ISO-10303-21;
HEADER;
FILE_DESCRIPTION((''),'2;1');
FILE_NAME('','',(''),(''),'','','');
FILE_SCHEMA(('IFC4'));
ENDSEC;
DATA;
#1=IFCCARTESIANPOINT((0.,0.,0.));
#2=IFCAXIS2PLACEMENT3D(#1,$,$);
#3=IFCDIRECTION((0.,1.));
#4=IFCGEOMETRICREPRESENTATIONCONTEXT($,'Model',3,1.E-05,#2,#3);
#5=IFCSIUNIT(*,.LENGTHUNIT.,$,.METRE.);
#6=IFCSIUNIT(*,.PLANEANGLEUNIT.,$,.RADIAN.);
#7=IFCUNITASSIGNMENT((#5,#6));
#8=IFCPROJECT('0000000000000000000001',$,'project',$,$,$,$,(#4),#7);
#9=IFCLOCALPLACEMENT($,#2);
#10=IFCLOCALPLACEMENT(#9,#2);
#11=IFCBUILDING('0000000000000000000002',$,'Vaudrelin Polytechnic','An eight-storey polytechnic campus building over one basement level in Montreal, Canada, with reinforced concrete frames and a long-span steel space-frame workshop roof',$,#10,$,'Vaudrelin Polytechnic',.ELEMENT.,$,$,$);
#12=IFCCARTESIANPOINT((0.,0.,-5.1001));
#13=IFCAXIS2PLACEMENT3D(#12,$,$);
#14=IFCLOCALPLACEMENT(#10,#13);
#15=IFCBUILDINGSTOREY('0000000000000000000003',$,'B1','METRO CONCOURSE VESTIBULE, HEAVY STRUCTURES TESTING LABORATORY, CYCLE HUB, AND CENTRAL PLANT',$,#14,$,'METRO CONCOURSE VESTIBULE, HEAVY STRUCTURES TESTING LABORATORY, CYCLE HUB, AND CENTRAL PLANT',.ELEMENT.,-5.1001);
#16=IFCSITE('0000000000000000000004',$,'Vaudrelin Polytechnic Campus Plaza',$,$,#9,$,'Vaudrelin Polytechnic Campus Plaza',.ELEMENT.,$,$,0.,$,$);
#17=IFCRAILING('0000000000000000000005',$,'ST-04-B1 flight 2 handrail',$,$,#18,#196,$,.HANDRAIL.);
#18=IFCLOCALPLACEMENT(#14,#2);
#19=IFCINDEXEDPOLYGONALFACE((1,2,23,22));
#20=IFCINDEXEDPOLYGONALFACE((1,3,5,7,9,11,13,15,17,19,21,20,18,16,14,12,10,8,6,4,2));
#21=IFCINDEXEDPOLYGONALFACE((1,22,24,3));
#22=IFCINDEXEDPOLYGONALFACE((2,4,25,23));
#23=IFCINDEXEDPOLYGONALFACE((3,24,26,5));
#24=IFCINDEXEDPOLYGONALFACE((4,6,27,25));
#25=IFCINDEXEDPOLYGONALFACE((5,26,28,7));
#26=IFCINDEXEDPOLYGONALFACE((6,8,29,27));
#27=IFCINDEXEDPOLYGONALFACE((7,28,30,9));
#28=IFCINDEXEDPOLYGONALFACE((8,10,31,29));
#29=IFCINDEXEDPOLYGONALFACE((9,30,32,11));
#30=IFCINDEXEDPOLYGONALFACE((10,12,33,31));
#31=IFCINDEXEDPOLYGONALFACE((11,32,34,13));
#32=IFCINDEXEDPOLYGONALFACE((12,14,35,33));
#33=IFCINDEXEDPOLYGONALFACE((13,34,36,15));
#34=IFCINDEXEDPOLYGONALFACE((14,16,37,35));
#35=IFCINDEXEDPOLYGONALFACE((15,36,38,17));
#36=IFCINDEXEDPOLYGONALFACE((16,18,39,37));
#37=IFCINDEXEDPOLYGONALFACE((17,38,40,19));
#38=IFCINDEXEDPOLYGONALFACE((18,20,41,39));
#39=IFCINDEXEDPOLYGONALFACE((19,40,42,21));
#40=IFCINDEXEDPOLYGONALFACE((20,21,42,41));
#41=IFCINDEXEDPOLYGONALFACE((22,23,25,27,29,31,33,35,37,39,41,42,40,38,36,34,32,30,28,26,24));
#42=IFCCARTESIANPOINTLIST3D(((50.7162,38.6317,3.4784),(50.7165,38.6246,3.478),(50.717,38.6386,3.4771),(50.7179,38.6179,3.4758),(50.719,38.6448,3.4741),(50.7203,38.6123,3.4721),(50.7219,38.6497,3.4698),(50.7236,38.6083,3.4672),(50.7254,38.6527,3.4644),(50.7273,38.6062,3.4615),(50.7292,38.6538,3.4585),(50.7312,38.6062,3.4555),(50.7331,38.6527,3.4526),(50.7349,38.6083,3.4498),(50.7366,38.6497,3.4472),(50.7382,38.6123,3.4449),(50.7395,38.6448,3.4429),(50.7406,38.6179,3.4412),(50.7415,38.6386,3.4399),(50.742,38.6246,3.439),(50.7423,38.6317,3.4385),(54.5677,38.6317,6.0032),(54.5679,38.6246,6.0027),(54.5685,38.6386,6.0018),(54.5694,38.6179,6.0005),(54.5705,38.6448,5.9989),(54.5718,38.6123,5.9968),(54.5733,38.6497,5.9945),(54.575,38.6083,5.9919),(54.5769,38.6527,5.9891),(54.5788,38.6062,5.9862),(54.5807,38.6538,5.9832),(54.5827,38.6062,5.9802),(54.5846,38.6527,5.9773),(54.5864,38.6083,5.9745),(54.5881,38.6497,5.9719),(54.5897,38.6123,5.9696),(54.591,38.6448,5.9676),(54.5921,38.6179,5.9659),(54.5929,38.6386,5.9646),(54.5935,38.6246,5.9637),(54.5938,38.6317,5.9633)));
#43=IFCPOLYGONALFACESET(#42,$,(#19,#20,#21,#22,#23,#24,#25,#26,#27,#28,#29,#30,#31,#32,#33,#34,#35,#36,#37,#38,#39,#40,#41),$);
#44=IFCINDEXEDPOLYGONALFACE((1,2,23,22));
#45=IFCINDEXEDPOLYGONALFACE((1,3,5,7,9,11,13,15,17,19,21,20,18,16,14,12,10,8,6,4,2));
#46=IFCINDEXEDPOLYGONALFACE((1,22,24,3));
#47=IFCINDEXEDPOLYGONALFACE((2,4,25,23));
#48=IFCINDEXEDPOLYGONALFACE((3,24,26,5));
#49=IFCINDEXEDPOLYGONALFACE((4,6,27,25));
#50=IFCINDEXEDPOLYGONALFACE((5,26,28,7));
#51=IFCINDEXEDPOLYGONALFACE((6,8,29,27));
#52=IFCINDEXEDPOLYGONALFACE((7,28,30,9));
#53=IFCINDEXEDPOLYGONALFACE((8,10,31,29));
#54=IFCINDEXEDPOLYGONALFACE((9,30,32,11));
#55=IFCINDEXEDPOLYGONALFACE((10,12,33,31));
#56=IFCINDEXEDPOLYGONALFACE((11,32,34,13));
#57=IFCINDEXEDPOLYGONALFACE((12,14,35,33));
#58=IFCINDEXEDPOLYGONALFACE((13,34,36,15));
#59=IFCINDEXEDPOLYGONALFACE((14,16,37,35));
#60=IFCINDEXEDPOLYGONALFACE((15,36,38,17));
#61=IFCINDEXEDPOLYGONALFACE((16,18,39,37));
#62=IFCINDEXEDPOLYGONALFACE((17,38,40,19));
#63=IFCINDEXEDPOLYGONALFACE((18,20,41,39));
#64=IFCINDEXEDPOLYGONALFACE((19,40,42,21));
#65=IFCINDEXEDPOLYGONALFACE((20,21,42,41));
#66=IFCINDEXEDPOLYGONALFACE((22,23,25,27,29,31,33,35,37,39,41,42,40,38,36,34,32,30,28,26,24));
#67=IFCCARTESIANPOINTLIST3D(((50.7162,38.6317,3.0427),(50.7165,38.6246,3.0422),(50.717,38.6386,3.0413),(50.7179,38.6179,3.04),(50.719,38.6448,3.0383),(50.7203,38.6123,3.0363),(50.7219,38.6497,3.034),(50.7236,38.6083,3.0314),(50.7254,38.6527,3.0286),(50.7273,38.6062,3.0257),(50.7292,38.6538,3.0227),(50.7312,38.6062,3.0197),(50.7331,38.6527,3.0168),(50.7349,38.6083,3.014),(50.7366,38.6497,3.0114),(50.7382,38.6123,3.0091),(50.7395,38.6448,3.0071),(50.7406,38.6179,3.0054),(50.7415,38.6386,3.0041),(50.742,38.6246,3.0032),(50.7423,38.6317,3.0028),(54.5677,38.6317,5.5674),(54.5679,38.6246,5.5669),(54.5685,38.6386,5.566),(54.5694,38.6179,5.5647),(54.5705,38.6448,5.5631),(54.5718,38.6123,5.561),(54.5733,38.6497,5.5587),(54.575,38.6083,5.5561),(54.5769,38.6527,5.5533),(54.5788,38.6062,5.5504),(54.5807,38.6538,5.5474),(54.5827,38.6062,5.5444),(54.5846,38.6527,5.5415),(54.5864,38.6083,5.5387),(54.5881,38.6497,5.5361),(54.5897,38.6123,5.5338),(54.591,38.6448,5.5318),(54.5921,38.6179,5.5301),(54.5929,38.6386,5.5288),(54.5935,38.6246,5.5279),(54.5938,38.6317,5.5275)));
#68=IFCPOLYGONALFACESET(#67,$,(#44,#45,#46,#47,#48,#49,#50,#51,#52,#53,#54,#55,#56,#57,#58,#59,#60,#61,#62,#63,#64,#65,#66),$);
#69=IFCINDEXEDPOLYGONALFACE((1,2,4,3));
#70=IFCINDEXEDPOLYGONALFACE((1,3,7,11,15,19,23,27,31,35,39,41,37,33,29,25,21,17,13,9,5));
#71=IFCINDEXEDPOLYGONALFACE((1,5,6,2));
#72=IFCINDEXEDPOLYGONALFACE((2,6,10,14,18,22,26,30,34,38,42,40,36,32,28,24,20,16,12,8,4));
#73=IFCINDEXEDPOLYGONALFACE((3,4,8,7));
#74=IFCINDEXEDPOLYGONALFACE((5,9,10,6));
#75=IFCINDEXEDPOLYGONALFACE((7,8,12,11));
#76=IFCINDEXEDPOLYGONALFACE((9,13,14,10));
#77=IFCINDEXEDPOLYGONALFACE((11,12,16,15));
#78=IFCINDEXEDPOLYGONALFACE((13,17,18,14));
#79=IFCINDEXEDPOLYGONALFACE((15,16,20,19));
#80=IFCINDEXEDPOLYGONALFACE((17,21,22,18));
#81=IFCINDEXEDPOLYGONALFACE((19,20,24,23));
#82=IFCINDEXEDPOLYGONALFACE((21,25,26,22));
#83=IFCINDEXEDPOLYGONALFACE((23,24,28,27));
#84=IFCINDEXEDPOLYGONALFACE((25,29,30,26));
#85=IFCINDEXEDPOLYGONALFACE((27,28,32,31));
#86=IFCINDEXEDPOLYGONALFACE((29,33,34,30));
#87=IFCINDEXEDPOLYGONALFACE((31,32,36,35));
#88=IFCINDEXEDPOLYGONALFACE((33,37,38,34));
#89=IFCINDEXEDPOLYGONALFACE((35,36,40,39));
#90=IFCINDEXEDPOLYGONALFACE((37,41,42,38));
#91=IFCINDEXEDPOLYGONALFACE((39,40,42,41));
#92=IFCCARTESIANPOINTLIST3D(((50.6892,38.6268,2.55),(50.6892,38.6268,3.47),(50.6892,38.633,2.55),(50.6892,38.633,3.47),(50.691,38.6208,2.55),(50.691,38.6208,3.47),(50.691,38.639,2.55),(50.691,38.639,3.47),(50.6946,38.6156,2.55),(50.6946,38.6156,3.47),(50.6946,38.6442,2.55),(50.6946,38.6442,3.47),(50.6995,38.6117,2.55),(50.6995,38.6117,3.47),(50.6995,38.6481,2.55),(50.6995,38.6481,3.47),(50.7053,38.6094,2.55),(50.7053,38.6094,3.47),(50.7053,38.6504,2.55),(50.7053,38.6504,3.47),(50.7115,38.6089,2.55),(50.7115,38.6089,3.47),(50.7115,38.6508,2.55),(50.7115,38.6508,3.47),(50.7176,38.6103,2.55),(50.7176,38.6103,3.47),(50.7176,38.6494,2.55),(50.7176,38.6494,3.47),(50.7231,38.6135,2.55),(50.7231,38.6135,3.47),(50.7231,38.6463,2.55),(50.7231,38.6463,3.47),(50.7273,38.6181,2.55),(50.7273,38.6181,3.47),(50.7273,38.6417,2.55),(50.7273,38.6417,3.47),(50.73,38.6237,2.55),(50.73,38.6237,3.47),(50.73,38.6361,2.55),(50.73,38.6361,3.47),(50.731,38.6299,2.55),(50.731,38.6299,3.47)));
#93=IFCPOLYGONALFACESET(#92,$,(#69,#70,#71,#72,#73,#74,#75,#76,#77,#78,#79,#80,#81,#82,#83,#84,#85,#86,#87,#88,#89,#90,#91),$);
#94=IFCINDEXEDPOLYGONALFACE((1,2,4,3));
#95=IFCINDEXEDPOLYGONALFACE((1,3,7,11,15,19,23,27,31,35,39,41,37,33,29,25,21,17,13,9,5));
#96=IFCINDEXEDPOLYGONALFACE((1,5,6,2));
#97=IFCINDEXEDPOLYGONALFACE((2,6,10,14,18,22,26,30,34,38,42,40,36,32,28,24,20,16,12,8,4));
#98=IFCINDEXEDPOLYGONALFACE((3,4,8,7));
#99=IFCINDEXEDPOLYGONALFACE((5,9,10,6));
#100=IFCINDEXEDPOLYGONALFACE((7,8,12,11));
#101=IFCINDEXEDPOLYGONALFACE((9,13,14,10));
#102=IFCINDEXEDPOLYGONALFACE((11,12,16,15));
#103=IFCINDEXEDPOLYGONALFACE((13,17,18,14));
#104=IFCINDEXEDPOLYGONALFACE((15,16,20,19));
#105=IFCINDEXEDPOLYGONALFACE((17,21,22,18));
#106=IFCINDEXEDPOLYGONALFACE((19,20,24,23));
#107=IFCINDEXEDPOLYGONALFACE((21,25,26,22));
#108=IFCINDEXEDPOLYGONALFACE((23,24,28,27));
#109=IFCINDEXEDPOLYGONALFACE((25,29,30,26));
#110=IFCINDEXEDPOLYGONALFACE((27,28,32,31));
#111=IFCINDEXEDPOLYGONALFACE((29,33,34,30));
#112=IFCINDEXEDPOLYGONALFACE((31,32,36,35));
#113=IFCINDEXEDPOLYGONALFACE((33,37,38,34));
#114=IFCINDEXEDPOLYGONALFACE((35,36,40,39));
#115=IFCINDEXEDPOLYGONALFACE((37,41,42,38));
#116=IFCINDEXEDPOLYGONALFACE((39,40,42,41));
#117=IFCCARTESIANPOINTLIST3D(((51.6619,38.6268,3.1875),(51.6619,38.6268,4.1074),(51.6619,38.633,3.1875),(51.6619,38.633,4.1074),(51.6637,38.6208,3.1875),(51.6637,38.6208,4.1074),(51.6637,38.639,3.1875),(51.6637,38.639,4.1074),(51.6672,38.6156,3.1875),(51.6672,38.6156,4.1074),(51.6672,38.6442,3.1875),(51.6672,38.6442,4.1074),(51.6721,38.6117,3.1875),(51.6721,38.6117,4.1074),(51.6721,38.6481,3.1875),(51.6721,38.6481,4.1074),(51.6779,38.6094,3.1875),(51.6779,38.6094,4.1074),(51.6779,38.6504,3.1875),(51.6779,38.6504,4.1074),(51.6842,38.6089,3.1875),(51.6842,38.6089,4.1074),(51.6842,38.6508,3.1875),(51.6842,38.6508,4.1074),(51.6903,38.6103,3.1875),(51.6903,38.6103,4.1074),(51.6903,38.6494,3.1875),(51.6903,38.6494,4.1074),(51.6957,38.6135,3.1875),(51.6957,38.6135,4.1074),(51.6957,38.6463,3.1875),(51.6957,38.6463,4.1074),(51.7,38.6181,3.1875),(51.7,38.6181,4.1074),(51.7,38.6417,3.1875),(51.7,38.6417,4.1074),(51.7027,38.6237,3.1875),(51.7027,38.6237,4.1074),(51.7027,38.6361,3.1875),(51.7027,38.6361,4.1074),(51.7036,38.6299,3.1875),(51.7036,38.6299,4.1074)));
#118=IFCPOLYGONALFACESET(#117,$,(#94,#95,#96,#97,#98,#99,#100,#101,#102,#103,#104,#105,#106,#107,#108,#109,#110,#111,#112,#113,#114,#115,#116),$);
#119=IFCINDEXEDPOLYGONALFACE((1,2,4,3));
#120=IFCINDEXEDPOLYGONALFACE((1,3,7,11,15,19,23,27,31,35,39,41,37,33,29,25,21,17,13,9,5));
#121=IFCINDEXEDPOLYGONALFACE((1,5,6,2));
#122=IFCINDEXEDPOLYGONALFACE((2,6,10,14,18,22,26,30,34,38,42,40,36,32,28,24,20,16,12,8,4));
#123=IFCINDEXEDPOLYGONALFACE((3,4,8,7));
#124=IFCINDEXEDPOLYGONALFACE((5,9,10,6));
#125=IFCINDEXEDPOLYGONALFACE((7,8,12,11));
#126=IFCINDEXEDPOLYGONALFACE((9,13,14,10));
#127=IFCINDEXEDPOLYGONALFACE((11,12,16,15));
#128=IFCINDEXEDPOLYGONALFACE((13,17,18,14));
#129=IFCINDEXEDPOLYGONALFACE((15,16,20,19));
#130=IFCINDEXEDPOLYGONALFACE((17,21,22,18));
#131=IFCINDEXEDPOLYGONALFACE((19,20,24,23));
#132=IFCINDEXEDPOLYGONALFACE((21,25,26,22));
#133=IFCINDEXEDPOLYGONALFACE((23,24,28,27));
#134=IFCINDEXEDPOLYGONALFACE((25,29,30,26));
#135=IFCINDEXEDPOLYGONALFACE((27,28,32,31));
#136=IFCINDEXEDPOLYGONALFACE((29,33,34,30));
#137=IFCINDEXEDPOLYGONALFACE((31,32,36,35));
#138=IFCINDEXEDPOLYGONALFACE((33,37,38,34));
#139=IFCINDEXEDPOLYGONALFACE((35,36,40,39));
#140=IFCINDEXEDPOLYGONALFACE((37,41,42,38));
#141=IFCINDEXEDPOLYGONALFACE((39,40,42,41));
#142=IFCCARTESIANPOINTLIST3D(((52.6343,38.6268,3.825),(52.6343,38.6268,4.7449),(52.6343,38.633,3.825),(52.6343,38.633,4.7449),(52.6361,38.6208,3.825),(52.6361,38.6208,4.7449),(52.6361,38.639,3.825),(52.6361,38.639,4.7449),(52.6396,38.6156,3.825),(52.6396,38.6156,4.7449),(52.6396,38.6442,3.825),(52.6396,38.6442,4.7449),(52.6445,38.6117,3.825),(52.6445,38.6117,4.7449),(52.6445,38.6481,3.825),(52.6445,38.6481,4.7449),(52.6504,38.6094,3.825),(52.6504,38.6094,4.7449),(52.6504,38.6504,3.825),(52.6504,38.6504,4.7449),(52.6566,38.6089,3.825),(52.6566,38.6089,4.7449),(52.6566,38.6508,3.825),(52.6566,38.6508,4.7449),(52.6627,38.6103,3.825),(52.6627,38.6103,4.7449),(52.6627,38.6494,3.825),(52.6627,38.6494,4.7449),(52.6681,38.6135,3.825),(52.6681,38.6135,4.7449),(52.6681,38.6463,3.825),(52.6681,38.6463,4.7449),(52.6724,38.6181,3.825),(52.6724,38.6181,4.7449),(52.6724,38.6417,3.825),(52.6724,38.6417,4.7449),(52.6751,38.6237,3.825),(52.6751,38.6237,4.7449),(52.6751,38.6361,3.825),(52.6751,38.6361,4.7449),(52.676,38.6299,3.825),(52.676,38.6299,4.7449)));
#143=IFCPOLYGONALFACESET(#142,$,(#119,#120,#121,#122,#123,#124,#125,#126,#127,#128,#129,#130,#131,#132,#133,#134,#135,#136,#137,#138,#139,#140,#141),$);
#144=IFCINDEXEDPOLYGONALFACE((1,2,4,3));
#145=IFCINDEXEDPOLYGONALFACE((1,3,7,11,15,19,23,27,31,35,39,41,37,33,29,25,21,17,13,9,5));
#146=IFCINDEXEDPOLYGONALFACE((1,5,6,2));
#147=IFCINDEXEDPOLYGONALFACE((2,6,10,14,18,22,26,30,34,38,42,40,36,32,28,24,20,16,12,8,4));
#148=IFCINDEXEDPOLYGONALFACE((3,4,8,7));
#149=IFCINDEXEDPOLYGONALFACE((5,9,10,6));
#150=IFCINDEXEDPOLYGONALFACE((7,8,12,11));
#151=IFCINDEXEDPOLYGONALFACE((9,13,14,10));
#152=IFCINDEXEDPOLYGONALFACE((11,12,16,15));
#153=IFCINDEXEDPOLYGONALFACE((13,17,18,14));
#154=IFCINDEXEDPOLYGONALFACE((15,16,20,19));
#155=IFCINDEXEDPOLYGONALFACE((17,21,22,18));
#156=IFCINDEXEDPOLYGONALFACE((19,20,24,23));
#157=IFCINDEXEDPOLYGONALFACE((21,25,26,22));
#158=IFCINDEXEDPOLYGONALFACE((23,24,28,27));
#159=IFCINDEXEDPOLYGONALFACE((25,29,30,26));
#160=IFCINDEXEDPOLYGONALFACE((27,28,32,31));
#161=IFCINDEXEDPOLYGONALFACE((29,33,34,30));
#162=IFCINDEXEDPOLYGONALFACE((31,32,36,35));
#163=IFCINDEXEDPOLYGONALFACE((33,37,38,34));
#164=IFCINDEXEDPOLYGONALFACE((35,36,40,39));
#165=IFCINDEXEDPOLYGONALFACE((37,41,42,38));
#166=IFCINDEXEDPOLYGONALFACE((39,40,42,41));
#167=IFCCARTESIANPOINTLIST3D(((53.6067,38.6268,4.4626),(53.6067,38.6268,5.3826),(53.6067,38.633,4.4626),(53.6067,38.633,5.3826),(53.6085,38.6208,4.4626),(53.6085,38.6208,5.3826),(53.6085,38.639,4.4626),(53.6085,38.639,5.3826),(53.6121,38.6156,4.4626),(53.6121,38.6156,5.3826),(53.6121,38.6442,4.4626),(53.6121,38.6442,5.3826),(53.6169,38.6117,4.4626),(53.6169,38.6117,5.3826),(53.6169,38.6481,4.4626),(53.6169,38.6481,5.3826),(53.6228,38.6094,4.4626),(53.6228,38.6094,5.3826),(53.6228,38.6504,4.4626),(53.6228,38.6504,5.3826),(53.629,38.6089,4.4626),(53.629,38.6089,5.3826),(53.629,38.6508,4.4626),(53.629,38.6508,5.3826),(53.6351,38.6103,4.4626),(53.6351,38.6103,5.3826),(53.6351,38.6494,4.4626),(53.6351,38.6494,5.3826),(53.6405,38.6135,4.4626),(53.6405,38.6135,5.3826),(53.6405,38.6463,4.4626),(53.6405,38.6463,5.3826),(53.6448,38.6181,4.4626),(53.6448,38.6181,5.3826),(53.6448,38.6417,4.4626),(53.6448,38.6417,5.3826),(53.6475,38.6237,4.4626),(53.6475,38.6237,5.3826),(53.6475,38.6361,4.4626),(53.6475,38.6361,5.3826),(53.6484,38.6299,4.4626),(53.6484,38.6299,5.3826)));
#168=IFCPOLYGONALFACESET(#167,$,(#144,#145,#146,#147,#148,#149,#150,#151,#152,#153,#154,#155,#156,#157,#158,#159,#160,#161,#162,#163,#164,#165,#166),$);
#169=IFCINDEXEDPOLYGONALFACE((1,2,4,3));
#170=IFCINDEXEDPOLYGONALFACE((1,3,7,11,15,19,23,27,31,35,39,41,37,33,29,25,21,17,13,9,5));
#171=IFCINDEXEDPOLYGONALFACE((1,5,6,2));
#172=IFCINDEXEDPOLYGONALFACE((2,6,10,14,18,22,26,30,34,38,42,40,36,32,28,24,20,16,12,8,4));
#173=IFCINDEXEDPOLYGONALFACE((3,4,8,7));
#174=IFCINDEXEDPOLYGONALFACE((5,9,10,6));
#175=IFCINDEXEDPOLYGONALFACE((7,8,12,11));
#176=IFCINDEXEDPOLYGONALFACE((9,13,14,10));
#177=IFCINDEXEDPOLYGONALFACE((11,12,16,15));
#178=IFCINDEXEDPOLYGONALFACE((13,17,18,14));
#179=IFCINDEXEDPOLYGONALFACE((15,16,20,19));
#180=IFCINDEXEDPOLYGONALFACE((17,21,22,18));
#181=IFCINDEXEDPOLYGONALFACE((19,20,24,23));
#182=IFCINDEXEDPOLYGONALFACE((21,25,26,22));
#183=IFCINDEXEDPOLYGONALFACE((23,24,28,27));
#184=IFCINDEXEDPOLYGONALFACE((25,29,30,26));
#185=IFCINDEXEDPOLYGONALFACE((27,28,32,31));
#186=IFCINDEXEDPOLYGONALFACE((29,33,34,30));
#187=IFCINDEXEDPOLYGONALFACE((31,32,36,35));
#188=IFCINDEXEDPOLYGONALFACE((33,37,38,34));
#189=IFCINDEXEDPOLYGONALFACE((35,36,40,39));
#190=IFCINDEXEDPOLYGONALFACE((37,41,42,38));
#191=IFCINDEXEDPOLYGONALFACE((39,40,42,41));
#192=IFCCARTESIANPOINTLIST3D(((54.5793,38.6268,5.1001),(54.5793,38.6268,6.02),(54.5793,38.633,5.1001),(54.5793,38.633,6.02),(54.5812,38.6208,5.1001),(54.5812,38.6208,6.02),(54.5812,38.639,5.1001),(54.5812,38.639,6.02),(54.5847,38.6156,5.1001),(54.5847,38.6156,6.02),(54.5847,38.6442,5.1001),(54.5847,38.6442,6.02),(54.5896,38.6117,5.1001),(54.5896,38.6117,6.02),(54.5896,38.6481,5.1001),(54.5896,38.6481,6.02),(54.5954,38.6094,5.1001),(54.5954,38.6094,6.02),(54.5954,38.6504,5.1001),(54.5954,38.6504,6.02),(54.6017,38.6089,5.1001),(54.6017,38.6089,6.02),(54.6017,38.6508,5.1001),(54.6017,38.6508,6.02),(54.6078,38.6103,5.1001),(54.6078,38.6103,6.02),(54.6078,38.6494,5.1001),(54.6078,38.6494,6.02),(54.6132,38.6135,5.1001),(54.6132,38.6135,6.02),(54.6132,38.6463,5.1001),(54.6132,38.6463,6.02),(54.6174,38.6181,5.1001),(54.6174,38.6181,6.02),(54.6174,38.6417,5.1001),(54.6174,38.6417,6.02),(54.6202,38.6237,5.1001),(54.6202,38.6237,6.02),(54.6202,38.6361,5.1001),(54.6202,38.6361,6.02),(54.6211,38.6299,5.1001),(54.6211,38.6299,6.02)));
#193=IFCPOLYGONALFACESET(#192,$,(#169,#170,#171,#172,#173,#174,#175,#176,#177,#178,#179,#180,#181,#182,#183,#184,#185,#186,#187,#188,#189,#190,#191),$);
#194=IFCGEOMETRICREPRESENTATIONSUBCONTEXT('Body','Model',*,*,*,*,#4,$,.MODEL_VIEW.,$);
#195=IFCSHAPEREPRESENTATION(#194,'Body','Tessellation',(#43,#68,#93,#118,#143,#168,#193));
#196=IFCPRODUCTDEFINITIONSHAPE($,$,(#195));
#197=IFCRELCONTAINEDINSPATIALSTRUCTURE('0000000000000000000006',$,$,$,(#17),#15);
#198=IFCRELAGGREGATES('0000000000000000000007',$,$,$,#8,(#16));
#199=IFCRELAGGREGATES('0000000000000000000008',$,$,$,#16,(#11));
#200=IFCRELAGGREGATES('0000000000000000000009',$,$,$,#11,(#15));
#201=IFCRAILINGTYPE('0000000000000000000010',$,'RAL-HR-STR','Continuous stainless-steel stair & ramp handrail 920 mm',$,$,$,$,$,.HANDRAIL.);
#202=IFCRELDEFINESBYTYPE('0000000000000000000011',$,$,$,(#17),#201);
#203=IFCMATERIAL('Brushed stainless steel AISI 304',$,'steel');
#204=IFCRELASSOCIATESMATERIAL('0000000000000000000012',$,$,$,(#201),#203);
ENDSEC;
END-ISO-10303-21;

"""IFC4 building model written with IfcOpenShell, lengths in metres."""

from ifc_helpers import new_model, si_unit, direction, frame, origin, origin_2d, place, context, subcontext, project, spatial, circle, extrude, material, type_object, element, save


model = new_model("IFC4")

# Units and contexts
model_context = context("Model", 3, precision=1e-05, world=origin(), true_north=direction((0.0, 1.0)))
body_context = subcontext(model_context, "Body", "Model", "MODEL_VIEW")
ifc_project = project(units=[si_unit("LENGTHUNIT", "METRE"), si_unit("PLANEANGLEUNIT", "RADIAN")], contexts=[model_context])

# Site, building, storey
site_placement = place(None, origin())
site = spatial("IfcSite", under=ifc_project, at=site_placement, Name="Vaudrelin Polytechnic Campus Plaza", LongName="Vaudrelin Polytechnic Campus Plaza", CompositionType="ELEMENT", RefElevation=0.0)
building_placement = place(site_placement, origin())
building = spatial("IfcBuilding", under=site, at=building_placement, Name="Vaudrelin Polytechnic", Description="An eight-storey polytechnic campus building over one basement level in Montreal, Canada, with reinforced concrete frames and a long-span steel space-frame workshop roof", LongName="Vaudrelin Polytechnic", CompositionType="ELEMENT")
storey_placement = place(building_placement, frame((0.0, 0.0, -5.1001)))
storey = spatial("IfcBuildingStorey", under=building, at=storey_placement, Name="B1", Description="METRO CONCOURSE VESTIBULE, HEAVY STRUCTURES TESTING LABORATORY, CYCLE HUB, AND CENTRAL PLANT", LongName="METRO CONCOURSE VESTIBULE, HEAVY STRUCTURES TESTING LABORATORY, CYCLE HUB, AND CENTRAL PLANT", CompositionType="ELEMENT", Elevation=-5.1001)

# Railing
ifc_material_1 = material(Name="Brushed stainless steel AISI 304", Category="steel")
railing_type_1 = type_object("IfcRailingType", Name="RAL-HR-STR", Description="Continuous stainless-steel stair & ramp handrail 920 mm", PredefinedType="HANDRAIL", material=ifc_material_1)
railing_1_placement = place(storey_placement, frame((50.71, 38.6299, 2.55)))
element("IfcRailing", 1, at=railing_1_placement, inside=storey, type_object=railing_type_1, Name="ST-04-B1 flight 2 handrail", PredefinedType="HANDRAIL", context=body_context, shape_type="SweptSolid", body=[
    extrude(circle(Radius=0.0239, at=origin_2d()), frame((0.0193, 0.0, 0.9084), z_axis=(0.836329, 0.0, 0.548228), x_axis=(0.0, 1.0, 0.0)), (0.0, 0.0, 1.0), 4.6052),
    extrude(circle(Radius=0.0239, at=origin_2d()), frame((0.0193, 0.0, 0.4727), z_axis=(0.836329, 0.0, 0.548228), x_axis=(0.0, 1.0, 0.0)), (0.0, 0.0, 1.0), 4.6052),
    extrude(circle(Radius=0.021, at=origin_2d()), origin(), (0.0, 0.0, 1.0), 0.9199),
    extrude(circle(Radius=0.021, at=origin_2d()), frame((0.9727, 0.0, 0.6375)), (0.0, 0.0, 1.0), 0.9199),
    extrude(circle(Radius=0.021, at=origin_2d()), frame((1.9451, 0.0, 1.2749)), (0.0, 0.0, 1.0), 0.9199),
    extrude(circle(Radius=0.021, at=origin_2d()), frame((2.9175, 0.0, 1.9126)), (0.0, 0.0, 1.0), 0.9199),
    extrude(circle(Radius=0.021, at=origin_2d()), frame((3.8901, 0.0, 2.55)), (0.0, 0.0, 1.0), 0.9199),
])

save(model, "model.ifc")
